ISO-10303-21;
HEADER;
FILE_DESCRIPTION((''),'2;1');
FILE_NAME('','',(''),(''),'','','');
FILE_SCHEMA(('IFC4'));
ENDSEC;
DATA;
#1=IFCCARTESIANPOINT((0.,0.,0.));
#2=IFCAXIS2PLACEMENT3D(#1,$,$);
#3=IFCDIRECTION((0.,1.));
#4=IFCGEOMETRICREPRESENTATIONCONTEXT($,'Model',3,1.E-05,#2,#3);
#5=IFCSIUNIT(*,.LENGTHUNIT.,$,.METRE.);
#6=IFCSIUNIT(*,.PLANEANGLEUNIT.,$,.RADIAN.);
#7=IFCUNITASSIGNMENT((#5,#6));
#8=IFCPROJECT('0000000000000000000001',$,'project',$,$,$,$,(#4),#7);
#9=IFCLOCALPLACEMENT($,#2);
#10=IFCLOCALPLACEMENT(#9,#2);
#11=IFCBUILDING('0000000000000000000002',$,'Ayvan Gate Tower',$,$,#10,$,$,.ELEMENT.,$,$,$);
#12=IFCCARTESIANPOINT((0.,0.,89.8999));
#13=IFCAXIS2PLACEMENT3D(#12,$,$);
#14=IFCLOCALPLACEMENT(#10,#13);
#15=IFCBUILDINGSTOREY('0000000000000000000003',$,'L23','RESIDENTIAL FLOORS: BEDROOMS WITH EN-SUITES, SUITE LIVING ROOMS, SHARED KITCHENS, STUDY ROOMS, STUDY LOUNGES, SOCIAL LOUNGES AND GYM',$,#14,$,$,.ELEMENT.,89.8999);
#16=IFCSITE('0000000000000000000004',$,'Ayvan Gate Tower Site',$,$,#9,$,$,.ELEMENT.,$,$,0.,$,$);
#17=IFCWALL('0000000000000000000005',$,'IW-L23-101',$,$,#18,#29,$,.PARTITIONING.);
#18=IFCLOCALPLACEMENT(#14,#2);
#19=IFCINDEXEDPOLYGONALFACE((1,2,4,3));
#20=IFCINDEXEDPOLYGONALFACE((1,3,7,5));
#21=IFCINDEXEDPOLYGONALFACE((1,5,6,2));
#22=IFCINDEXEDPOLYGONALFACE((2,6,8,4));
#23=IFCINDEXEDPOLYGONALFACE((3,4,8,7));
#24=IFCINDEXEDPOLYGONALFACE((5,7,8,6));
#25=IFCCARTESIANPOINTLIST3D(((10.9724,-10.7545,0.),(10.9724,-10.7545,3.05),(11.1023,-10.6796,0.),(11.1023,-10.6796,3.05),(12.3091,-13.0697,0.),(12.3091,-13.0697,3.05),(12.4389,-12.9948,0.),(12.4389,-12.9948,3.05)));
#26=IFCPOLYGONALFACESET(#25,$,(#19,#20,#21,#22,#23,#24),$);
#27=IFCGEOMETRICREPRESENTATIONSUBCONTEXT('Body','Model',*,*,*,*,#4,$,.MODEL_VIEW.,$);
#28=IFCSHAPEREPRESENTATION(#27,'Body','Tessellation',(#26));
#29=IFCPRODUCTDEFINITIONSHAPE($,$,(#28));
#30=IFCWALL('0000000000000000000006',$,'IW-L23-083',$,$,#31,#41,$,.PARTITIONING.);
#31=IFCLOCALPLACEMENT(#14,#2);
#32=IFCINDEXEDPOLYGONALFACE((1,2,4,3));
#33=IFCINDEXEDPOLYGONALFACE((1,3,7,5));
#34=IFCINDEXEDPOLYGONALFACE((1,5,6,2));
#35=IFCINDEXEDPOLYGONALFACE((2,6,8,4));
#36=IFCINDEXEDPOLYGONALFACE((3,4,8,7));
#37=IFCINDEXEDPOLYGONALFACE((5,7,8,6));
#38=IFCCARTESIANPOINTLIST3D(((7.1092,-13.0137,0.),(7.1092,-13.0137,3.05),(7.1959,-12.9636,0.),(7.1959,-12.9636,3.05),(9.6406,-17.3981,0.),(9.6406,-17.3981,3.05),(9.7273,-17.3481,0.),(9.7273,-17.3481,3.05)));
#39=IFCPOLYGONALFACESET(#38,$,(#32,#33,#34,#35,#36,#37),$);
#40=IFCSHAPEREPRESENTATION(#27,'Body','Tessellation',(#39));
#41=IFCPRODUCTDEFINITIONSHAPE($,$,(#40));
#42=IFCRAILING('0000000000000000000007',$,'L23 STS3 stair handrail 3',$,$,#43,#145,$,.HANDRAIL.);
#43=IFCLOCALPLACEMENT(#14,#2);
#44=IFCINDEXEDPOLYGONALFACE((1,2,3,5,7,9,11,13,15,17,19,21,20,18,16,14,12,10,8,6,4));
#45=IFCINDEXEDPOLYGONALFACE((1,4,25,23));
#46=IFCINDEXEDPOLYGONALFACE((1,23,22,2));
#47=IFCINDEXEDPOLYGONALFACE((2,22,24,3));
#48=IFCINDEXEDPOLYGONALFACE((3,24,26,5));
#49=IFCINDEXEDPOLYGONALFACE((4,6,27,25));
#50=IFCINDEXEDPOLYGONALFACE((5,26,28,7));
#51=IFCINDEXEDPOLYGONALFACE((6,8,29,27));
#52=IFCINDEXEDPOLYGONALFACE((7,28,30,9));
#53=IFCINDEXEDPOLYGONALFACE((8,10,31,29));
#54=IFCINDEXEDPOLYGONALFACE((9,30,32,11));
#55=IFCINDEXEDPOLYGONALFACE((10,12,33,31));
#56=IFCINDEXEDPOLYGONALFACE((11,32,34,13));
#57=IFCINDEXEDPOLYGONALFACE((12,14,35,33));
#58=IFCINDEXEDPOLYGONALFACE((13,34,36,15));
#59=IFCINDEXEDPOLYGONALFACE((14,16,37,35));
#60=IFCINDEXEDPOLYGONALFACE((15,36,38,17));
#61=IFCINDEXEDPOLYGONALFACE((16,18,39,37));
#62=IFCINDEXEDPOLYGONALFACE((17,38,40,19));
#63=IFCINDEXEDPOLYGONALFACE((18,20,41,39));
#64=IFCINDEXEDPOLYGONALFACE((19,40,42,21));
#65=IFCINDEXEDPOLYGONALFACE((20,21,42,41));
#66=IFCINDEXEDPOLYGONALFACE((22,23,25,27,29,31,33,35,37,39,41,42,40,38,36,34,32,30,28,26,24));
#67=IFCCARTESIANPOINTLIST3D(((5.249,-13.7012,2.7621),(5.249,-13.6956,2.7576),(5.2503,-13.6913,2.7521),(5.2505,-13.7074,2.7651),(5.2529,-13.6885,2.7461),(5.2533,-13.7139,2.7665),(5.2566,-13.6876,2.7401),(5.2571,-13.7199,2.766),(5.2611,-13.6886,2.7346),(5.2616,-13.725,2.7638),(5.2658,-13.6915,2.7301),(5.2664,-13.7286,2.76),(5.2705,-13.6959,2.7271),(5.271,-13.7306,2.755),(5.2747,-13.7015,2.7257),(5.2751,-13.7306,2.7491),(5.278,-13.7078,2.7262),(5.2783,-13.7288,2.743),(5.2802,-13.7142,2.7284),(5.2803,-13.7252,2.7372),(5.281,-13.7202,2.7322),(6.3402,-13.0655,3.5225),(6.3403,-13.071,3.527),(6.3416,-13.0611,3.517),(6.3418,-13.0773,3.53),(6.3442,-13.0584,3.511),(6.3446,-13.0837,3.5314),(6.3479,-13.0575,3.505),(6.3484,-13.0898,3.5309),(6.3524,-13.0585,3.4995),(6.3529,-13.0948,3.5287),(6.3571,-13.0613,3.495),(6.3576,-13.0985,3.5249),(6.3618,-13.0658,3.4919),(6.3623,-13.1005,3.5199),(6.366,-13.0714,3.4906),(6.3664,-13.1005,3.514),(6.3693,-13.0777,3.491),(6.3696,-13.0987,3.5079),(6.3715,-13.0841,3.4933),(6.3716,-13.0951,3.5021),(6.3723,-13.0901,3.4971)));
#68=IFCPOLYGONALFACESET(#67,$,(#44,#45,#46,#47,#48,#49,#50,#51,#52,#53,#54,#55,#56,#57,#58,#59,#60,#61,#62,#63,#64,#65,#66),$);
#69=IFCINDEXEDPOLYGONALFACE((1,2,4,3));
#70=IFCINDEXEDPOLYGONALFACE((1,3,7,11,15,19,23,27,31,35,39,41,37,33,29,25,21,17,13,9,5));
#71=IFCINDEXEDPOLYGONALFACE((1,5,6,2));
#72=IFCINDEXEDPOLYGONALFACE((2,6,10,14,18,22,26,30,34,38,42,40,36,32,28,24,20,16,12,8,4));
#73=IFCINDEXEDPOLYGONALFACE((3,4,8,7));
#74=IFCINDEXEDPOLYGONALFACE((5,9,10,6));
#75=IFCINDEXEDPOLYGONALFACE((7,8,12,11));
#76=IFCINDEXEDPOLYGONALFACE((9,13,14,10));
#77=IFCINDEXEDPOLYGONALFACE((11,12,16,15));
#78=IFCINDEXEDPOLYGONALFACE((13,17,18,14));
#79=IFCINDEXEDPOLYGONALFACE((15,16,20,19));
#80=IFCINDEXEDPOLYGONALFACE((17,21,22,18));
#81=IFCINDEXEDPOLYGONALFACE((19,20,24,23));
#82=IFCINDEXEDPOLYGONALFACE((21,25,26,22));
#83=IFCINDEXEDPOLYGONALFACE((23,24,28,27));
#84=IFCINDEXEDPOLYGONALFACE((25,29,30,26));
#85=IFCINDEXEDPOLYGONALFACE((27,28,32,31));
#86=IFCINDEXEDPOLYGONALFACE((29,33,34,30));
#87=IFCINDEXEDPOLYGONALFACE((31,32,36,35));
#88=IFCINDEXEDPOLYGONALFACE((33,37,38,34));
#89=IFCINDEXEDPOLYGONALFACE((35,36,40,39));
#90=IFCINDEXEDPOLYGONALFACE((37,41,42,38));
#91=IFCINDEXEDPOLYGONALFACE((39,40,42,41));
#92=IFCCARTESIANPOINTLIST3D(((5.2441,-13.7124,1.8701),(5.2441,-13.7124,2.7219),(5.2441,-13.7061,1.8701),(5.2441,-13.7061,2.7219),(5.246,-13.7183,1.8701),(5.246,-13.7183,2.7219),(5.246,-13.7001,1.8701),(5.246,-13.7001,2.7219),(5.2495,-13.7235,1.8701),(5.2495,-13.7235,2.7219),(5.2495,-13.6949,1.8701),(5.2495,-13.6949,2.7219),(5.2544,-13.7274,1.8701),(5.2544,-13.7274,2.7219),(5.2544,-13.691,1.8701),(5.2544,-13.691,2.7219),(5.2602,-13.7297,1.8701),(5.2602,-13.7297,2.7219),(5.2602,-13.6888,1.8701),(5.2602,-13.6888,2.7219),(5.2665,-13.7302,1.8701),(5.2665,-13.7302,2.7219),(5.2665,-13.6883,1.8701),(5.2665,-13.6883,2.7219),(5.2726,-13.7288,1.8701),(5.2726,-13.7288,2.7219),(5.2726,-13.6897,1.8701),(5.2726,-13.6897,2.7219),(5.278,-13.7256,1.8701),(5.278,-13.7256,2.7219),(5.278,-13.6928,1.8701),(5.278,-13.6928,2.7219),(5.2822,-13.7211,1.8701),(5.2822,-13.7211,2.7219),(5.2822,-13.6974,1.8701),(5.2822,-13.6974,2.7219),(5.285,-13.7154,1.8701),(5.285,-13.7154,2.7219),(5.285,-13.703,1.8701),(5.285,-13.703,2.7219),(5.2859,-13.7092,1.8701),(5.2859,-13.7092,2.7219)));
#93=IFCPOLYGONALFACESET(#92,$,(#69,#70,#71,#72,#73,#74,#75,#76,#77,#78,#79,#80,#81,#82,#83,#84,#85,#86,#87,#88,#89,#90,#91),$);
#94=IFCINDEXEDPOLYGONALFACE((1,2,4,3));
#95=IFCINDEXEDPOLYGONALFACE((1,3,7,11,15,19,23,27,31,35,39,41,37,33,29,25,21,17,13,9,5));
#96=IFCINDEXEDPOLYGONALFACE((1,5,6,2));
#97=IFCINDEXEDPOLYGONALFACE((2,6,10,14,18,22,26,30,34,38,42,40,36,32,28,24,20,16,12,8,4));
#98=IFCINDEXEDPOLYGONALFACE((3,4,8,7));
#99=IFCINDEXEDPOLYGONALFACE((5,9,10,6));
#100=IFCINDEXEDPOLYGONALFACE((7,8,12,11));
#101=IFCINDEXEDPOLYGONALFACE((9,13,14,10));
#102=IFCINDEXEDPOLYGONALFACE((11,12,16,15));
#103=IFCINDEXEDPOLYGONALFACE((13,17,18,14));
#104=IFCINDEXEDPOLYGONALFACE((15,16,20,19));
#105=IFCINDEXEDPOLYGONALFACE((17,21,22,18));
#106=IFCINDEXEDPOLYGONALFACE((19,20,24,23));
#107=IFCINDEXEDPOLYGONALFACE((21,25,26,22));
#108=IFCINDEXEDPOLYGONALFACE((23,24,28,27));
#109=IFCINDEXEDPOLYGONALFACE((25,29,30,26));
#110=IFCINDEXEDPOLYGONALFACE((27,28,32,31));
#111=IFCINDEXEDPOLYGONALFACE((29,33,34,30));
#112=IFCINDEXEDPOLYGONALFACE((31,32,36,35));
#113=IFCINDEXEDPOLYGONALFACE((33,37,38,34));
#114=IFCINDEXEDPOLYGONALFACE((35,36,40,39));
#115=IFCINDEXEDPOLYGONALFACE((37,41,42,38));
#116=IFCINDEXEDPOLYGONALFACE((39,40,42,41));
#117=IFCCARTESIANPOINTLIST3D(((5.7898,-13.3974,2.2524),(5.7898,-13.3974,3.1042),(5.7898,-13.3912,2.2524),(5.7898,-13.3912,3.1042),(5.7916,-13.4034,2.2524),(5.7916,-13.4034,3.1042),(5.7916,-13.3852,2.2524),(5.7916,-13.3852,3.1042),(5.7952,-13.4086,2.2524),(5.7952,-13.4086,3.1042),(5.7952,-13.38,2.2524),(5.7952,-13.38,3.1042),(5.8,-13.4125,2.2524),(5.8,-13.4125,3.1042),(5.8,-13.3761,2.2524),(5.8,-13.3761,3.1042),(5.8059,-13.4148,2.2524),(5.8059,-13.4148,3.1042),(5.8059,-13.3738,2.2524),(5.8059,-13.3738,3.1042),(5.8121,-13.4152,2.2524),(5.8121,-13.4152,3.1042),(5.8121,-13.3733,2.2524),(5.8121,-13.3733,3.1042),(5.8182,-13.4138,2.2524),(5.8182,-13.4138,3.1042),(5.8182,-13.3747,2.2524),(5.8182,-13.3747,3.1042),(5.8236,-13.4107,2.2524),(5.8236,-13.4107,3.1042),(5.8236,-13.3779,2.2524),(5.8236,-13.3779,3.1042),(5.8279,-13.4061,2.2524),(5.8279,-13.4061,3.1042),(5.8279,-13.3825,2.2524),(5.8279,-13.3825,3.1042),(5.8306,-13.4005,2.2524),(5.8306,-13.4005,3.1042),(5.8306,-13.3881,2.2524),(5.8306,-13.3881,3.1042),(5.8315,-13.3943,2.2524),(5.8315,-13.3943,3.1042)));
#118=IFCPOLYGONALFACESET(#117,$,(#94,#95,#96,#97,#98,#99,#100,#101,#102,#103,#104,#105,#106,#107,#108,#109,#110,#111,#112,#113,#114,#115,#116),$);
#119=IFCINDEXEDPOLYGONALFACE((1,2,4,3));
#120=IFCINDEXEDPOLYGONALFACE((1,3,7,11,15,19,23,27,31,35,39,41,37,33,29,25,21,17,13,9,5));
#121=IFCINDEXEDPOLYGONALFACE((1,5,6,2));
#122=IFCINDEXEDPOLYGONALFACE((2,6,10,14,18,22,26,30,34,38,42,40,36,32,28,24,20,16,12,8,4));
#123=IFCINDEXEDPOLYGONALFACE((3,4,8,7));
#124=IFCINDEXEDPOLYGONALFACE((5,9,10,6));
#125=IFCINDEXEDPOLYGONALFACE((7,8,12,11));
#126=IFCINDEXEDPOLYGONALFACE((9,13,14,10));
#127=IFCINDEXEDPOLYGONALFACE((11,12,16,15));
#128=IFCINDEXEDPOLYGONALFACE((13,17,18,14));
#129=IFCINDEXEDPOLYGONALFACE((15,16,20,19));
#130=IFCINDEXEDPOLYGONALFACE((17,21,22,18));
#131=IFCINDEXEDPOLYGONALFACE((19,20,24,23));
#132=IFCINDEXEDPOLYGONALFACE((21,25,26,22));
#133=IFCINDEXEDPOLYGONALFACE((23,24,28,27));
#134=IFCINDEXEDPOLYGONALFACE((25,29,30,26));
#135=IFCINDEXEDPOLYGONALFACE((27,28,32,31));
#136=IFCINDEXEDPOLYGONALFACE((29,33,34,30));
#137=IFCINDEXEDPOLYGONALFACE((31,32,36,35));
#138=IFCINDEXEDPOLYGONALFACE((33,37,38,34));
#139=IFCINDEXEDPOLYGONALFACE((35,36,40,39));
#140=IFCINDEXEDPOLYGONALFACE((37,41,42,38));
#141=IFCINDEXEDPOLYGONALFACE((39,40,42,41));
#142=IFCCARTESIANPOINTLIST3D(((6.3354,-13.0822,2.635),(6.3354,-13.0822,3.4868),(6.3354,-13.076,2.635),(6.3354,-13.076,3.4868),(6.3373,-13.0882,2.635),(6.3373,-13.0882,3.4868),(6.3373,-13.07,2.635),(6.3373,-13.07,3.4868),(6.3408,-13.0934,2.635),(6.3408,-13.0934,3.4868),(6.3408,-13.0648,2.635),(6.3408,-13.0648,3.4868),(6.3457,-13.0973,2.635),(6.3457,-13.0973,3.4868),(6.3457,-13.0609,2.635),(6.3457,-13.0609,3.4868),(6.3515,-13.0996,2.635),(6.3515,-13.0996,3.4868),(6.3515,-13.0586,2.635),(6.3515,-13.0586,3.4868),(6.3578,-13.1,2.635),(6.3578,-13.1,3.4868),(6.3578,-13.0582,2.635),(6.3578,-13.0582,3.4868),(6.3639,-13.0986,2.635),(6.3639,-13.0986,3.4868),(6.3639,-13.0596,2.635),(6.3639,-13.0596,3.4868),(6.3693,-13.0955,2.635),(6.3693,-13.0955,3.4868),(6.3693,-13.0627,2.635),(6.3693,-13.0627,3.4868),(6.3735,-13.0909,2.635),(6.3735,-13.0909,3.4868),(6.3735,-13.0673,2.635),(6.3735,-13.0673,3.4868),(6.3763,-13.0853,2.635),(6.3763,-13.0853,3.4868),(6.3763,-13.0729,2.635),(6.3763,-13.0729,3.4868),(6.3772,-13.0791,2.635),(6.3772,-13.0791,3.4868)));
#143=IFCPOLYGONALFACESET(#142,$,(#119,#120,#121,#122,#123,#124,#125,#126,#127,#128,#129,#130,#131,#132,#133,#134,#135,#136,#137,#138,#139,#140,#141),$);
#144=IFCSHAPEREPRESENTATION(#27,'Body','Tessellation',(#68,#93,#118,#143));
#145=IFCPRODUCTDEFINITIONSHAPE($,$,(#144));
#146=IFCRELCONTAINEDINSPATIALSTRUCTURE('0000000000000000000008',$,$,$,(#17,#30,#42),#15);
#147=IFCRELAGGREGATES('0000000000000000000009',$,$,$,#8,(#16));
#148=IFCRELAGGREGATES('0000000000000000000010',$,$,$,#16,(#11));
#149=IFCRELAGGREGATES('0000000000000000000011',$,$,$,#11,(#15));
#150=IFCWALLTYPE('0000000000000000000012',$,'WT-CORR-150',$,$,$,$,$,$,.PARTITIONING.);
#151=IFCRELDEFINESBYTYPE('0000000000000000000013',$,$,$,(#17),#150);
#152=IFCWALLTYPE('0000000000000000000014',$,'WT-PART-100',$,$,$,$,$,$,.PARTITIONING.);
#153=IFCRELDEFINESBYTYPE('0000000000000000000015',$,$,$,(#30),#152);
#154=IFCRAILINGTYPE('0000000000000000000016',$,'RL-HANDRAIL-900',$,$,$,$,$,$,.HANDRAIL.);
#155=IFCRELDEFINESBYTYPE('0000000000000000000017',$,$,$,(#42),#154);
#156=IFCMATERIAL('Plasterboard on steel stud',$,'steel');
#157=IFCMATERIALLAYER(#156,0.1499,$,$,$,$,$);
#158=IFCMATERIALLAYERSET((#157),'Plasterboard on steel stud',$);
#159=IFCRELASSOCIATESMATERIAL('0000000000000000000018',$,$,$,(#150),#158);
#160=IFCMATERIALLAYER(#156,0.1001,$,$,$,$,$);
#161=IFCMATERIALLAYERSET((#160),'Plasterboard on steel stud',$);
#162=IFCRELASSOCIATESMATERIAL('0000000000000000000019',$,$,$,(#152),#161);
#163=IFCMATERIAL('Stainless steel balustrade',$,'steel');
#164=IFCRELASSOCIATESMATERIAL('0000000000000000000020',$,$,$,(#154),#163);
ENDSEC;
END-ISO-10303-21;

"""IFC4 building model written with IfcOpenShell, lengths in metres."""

from ifc_helpers import new_model, si_unit, direction, frame, frame_2d, origin, origin_2d, place, context, subcontext, project, spatial, rectangle, circle, extrude, material, layer, layer_set, type_object, element, save


model = new_model("IFC4")

# Units and contexts
model_context = context("Model", 3, precision=1e-05, world=origin(), true_north=direction((0.0, 1.0)))
body_context = subcontext(model_context, "Body", "Model", "MODEL_VIEW")
ifc_project = project(units=[si_unit("LENGTHUNIT", "METRE"), si_unit("PLANEANGLEUNIT", "RADIAN")], contexts=[model_context])

# Site, building, storey
site_placement = place(None, origin())
site = spatial("IfcSite", under=ifc_project, at=site_placement, Name="Ayvan Gate Tower Site", CompositionType="ELEMENT", RefElevation=0.0)
building_placement = place(site_placement, origin())
building = spatial("IfcBuilding", under=site, at=building_placement, Name="Ayvan Gate Tower", CompositionType="ELEMENT")
storey_placement = place(building_placement, frame((0.0, 0.0, 89.8999)))
storey = spatial("IfcBuildingStorey", under=building, at=storey_placement, Name="L23", Description="RESIDENTIAL FLOORS: BEDROOMS WITH EN-SUITES, SUITE LIVING ROOMS, SHARED KITCHENS, STUDY ROOMS, STUDY LOUNGES, SOCIAL LOUNGES AND GYM", CompositionType="ELEMENT", Elevation=89.8999)

# Walls
ifc_material_1 = material(Name="Plasterboard on steel stud", Category="steel")
ifc_layer_1 = layer(ifc_material_1, 0.1499)
ifc_layer_set_1 = layer_set([ifc_layer_1], Name="Plasterboard on steel stud")
wall_type_1 = type_object("IfcWallType", Name="WT-CORR-150", PredefinedType="PARTITIONING", material=ifc_layer_set_1)
wall_1_placement = place(storey_placement, frame((12.374, -13.0322, 0.0), z_axis=(0.0, 0.0, 1.0), x_axis=(-0.499999, 0.866026, 0.0)))
element("IfcWall", 1, at=wall_1_placement, inside=storey, type_object=wall_type_1, Name="IW-L23-101", PredefinedType="PARTITIONING", context=body_context, shape_type="SweptSolid", body=[
    extrude(rectangle(XDim=2.6733, YDim=0.1499, at=frame_2d((1.3367, 0.0))), origin(), (0.0, 0.0, 1.0), 3.05),
])
ifc_layer_2 = layer(ifc_material_1, 0.1001)
ifc_layer_set_2 = layer_set([ifc_layer_2], Name="Plasterboard on steel stud")
wall_type_2 = type_object("IfcWallType", Name="WT-PART-100", PredefinedType="PARTITIONING", material=ifc_layer_set_2)
wall_2_placement = place(storey_placement, frame((7.1526, -12.9888, 0.0), z_axis=(0.0, 0.0, 1.0), x_axis=(0.500013, -0.866018, 0.0)))
element("IfcWall", 2, at=wall_2_placement, inside=storey, type_object=wall_type_2, Name="IW-L23-083", PredefinedType="PARTITIONING", context=body_context, shape_type="SweptSolid", body=[
    extrude(rectangle(XDim=5.0627, YDim=0.1001, at=frame_2d((2.5312, 0.0))), origin(), (0.0, 0.0, 1.0), 3.05),
])

# Railing
ifc_material_2 = material(Name="Stainless steel balustrade", Category="steel")
railing_type = type_object("IfcRailingType", Name="RL-HANDRAIL-900", PredefinedType="HANDRAIL", material=ifc_material_2)
railing_1_placement = place(storey_placement, frame((5.2649, -13.7092, 1.8701)))
element("IfcRailing", 3, at=railing_1_placement, inside=storey, type_object=railing_type, Name="L23 STS3 stair handrail 3", PredefinedType="HANDRAIL", context=body_context, shape_type="SweptSolid", body=[
    extrude(circle(Radius=0.0239, at=origin_2d()), frame((0.0, 0.0, 0.876), z_axis=(0.740304, 0.427455, 0.518875), x_axis=(-0.500035, 0.866005, 0.0)), (0.0, 0.0, 1.0), 1.4741),
    extrude(circle(Radius=0.021, at=origin_2d()), origin(), (0.0, 0.0, 1.0), 0.8518),
    extrude(circle(Radius=0.021, at=origin_2d()), frame((0.5457, 0.3149, 0.3823)), (0.0, 0.0, 1.0), 0.8518),
    extrude(circle(Radius=0.021, at=origin_2d()), frame((1.0913, 0.6301, 0.7649)), (0.0, 0.0, 1.0), 0.8518),
])

save(model, "model.ifc")
